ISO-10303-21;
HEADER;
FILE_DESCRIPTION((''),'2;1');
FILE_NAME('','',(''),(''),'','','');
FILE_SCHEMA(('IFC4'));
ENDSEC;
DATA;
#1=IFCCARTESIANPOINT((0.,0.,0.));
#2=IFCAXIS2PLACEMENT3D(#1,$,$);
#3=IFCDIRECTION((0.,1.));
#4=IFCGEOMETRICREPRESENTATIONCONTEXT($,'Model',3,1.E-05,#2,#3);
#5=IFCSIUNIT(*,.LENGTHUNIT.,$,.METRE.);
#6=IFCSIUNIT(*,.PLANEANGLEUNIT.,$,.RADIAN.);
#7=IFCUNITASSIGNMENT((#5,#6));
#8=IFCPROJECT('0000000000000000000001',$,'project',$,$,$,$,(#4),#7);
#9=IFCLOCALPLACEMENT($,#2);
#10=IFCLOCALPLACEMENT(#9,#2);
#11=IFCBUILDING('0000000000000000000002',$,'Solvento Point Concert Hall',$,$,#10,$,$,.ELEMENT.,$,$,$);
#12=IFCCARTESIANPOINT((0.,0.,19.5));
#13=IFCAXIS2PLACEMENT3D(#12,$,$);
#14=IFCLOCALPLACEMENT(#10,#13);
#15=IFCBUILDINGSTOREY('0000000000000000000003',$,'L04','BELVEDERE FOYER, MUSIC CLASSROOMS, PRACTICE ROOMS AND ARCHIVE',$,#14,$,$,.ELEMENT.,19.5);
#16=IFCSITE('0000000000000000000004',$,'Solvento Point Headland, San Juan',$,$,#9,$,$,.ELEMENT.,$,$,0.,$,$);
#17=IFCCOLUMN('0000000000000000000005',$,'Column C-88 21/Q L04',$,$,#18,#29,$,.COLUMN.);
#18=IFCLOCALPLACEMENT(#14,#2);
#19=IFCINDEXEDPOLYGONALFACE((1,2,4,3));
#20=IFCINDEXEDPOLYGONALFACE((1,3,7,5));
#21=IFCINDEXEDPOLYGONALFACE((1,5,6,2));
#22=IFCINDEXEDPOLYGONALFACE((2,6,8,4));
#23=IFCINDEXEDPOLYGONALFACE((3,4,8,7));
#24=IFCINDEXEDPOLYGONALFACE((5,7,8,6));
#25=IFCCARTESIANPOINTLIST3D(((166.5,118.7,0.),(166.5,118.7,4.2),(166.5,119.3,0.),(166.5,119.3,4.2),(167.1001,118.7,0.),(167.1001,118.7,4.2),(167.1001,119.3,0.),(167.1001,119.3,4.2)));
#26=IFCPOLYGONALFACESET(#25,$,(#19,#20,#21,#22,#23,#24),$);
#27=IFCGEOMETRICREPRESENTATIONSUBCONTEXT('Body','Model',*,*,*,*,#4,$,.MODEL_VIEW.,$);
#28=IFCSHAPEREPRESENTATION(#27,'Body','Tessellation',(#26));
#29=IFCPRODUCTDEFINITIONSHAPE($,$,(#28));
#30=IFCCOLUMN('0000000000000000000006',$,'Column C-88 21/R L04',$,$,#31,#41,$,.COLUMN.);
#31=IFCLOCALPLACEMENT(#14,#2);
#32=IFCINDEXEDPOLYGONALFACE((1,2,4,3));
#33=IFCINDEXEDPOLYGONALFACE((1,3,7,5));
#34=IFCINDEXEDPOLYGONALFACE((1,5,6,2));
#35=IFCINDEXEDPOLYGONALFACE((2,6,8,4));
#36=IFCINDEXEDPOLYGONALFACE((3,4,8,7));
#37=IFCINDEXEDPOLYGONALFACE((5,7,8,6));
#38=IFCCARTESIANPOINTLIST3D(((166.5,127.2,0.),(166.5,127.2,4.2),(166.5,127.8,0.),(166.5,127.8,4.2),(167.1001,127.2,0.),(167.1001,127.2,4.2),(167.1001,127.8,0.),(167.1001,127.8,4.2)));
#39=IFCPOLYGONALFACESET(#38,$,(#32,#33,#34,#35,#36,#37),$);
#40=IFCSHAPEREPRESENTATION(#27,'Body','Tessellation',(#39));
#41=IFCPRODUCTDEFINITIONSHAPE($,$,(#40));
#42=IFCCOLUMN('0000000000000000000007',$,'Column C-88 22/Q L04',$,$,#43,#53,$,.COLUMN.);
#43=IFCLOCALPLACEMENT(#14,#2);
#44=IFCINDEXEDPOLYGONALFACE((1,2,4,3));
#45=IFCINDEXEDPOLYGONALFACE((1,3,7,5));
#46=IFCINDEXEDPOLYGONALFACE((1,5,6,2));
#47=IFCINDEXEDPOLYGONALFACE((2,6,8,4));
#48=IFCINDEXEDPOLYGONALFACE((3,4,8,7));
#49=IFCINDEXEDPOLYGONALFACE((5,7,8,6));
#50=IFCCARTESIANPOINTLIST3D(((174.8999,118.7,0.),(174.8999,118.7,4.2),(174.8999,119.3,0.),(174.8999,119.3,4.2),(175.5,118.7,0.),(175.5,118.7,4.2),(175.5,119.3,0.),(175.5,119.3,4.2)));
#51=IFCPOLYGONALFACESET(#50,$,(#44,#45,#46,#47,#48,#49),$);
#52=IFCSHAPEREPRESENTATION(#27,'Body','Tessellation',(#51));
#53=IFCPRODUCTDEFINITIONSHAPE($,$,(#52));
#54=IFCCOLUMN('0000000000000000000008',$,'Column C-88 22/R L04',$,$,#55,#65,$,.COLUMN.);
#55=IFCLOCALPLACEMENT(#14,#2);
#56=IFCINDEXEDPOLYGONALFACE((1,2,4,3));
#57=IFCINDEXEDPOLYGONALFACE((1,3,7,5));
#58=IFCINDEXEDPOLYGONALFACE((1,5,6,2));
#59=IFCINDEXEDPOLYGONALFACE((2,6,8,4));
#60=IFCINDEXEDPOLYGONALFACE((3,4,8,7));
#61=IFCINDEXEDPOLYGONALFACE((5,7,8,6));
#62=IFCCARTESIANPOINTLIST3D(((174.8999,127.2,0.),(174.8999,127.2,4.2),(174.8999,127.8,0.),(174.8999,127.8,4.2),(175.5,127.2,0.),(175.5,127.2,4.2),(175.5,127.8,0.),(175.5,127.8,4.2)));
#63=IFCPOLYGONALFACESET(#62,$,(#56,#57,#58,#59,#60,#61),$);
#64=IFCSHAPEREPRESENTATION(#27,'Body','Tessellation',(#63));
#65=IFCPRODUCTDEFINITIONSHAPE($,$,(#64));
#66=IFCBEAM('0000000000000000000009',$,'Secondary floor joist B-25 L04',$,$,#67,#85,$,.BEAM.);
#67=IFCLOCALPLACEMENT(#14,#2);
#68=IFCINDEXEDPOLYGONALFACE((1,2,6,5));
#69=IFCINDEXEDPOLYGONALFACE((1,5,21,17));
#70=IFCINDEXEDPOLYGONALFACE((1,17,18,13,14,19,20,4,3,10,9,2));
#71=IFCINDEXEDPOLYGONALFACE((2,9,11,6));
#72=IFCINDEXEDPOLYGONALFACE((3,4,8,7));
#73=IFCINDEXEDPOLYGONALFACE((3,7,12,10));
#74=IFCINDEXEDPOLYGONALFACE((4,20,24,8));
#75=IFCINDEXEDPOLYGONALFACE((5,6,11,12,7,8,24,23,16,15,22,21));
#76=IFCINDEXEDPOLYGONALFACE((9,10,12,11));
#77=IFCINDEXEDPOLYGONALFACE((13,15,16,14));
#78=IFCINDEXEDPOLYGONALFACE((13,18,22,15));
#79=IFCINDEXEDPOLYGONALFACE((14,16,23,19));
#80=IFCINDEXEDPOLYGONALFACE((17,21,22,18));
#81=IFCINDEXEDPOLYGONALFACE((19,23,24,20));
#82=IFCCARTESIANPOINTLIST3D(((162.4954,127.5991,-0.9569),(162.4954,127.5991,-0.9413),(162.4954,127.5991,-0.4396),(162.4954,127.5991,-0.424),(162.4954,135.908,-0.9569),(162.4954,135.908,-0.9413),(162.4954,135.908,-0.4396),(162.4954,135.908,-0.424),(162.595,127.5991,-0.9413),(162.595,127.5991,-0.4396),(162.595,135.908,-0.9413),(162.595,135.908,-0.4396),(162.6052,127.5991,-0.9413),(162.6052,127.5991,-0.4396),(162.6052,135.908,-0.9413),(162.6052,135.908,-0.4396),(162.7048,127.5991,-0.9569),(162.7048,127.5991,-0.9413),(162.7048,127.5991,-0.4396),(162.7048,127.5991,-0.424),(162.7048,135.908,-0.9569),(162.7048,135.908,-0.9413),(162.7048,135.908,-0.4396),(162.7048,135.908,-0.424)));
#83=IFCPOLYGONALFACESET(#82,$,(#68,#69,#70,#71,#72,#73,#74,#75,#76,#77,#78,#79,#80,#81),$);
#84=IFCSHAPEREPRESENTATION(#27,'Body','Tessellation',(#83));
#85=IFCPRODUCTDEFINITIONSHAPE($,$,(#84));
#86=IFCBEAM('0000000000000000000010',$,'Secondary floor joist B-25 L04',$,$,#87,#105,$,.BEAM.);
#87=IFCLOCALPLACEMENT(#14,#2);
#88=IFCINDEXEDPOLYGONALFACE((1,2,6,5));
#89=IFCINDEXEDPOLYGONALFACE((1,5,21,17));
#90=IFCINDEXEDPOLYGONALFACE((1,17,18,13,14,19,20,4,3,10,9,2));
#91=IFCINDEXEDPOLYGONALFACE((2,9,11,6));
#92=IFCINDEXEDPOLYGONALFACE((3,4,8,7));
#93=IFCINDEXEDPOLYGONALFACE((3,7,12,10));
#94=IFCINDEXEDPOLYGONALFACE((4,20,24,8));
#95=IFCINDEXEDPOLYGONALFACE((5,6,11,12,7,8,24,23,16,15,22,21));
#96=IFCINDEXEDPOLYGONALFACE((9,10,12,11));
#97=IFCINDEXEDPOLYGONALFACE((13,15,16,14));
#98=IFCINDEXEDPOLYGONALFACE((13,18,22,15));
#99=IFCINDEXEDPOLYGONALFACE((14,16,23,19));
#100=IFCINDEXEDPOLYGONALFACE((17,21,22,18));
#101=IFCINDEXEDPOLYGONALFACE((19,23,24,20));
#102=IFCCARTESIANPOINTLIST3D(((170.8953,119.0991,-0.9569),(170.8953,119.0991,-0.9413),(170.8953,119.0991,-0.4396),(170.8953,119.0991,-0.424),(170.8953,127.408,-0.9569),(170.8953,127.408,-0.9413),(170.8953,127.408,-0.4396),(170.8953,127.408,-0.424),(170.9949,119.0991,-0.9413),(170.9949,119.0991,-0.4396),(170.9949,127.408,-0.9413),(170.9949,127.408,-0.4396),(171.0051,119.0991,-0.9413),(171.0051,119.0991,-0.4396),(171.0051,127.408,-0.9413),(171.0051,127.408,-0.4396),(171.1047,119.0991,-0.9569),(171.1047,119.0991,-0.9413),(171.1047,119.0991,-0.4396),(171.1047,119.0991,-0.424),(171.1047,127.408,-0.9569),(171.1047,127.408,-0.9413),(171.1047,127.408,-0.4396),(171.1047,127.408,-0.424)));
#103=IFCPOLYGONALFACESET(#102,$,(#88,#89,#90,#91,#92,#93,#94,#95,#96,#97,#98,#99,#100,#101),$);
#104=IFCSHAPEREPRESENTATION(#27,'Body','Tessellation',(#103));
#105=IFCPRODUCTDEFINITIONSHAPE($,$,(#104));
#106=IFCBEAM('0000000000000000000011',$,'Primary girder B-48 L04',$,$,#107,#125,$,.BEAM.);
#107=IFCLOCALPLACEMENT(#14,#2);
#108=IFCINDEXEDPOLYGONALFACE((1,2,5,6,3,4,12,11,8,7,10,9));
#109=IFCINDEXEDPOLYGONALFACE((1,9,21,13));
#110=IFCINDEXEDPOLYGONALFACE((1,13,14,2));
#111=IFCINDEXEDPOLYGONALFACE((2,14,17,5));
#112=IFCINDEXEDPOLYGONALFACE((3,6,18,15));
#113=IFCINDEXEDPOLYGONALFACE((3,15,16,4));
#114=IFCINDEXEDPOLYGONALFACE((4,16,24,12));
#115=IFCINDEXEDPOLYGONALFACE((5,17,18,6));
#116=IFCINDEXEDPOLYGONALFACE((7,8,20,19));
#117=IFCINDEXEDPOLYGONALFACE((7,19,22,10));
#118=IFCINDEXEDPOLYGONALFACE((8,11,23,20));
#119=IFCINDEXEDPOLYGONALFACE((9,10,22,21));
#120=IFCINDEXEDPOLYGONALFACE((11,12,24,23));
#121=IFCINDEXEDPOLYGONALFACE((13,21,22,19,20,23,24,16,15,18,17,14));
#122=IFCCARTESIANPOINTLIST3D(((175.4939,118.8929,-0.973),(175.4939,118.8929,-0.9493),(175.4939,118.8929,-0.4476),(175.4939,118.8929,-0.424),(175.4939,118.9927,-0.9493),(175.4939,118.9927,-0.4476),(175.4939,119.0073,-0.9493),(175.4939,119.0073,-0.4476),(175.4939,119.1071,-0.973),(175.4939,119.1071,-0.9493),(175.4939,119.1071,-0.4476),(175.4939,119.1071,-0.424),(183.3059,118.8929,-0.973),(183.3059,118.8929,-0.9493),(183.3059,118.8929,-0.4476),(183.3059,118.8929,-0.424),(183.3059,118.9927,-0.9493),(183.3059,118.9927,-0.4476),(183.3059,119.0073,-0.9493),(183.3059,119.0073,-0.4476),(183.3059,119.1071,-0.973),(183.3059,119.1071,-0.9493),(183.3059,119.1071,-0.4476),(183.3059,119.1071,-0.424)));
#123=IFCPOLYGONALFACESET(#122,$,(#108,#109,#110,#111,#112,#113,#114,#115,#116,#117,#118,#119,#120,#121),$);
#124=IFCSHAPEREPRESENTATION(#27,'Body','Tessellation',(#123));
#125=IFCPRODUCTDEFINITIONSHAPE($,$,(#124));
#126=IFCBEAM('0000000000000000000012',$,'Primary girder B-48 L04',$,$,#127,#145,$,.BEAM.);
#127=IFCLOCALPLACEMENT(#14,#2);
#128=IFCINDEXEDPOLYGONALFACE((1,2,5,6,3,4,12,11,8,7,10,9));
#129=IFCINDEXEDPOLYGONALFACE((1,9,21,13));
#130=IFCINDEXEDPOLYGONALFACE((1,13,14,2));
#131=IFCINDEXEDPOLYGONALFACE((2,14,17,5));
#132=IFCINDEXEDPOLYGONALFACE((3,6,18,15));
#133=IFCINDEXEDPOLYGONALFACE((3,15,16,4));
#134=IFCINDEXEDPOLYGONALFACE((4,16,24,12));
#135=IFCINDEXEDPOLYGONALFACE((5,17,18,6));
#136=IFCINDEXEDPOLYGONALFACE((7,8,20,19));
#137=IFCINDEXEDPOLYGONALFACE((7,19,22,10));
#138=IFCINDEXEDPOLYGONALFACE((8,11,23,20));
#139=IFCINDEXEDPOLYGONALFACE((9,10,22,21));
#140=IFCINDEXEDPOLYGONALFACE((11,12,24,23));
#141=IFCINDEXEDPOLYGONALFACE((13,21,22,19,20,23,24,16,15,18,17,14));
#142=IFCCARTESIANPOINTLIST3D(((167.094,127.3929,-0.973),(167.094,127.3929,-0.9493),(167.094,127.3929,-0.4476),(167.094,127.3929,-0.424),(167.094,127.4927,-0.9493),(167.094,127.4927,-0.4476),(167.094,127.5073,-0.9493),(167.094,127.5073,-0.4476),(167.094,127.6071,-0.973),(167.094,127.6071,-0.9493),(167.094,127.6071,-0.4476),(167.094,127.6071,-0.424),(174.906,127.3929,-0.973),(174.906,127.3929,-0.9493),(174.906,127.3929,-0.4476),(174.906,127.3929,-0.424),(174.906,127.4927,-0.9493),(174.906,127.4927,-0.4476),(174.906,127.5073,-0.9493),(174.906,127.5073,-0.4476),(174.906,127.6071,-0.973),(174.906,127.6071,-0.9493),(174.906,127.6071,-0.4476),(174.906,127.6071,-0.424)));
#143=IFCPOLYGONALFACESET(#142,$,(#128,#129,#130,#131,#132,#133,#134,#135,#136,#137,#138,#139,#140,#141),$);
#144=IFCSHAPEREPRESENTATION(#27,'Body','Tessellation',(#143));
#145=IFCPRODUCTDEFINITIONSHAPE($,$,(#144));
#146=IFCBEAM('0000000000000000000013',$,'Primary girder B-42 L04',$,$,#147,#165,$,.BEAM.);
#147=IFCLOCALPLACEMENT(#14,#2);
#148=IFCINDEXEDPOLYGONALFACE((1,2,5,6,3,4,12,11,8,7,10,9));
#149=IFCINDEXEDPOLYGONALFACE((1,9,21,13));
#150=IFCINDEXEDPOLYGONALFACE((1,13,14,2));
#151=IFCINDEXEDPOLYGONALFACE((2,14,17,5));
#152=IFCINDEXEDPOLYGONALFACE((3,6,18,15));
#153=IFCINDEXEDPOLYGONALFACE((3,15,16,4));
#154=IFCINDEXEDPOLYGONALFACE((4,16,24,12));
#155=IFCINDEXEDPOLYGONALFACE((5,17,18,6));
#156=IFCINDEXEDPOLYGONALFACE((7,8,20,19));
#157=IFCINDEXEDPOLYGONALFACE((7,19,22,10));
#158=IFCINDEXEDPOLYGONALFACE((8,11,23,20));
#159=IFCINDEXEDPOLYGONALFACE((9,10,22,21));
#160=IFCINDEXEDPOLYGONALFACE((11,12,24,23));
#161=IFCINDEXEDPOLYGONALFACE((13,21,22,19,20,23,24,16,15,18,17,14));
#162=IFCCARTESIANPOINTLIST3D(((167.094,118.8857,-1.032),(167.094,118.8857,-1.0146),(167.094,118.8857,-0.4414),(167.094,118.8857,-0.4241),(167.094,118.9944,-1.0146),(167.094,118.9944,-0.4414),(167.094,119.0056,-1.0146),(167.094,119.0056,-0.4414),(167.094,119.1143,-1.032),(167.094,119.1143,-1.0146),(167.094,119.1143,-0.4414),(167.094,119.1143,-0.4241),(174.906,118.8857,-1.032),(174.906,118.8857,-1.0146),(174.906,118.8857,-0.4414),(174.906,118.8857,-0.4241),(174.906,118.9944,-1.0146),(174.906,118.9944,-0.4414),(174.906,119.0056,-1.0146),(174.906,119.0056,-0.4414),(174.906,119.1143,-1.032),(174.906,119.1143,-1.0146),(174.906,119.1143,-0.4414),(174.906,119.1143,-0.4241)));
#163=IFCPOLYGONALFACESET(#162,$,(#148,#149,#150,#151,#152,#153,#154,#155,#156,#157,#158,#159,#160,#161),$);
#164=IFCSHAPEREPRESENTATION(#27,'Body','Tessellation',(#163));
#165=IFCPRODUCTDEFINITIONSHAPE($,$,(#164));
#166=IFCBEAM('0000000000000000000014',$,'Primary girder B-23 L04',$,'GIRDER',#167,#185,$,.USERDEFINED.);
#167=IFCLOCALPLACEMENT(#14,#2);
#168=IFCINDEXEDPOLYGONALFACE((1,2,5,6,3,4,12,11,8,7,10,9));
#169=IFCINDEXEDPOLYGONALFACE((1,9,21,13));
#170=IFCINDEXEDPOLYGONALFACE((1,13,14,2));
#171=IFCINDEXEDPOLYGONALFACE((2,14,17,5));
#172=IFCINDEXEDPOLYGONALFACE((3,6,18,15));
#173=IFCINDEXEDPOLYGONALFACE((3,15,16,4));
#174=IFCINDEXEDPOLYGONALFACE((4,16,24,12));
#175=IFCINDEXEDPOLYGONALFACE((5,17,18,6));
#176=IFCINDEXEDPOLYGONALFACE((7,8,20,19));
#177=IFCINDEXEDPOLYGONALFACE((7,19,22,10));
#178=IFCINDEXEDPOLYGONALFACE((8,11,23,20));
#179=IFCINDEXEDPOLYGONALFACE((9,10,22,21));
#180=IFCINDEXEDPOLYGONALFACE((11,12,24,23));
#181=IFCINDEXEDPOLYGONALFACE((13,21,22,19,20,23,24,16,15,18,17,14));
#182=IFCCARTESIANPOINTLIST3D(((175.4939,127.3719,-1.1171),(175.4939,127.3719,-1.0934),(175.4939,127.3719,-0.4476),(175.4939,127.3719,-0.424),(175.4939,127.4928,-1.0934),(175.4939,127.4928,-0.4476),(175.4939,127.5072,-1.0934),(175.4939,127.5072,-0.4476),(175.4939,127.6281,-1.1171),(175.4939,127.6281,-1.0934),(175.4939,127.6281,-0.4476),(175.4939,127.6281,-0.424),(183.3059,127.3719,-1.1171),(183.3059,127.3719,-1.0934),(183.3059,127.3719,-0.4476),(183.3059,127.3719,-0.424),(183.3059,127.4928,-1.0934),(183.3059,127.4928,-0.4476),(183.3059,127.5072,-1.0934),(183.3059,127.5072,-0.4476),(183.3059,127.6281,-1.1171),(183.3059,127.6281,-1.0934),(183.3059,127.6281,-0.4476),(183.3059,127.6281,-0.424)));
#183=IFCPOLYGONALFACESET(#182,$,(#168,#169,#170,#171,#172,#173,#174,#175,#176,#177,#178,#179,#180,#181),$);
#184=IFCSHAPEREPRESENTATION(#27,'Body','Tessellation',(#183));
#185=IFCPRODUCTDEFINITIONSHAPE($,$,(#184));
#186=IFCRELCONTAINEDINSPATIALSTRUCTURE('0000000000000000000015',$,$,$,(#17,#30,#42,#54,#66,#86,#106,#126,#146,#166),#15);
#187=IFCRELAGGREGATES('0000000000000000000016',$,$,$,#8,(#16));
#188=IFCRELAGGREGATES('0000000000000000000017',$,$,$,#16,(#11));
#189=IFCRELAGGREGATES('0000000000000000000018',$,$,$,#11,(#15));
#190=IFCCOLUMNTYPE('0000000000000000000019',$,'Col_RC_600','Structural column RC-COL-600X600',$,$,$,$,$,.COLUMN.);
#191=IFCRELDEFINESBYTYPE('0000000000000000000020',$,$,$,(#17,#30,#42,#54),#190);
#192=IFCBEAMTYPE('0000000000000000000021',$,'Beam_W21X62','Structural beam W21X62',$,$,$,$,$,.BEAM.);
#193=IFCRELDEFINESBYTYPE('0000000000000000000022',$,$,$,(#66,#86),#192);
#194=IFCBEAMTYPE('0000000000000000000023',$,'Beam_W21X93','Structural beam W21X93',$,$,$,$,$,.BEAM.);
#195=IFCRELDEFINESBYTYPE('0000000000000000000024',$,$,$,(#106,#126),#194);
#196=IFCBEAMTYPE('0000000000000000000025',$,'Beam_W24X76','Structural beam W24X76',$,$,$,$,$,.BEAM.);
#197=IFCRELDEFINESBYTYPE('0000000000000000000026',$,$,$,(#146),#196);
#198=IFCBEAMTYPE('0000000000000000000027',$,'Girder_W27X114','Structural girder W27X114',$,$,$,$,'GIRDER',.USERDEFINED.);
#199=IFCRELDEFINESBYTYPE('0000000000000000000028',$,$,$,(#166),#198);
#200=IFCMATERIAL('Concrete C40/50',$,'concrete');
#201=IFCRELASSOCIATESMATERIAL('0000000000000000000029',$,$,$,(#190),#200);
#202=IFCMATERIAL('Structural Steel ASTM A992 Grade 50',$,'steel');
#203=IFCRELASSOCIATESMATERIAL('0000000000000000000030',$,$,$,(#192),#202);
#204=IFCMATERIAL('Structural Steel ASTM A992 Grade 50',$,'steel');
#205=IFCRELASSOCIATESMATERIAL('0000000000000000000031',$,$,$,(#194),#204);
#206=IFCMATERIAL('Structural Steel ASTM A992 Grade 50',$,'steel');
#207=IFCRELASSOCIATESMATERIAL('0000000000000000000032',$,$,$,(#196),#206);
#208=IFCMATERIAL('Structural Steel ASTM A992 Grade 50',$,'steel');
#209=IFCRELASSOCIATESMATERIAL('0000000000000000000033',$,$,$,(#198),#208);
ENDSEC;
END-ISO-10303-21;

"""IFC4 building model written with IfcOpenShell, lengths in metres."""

from ifc_helpers import new_model, si_unit, direction, frame, origin, origin_2d, place, context, subcontext, project, spatial, rectangle, i_section, extrude, material, material_profile, profile_set, type_object, element, save


model = new_model("IFC4")

# Units and contexts
model_context = context("Model", 3, precision=1e-05, world=origin(), true_north=direction((0.0, 1.0)))
body_context = subcontext(model_context, "Body", "Model", "MODEL_VIEW")
ifc_project = project(units=[si_unit("LENGTHUNIT", "METRE"), si_unit("PLANEANGLEUNIT", "RADIAN")], contexts=[model_context])

# Site, building, storey
site_placement = place(None, origin())
site = spatial("IfcSite", under=ifc_project, at=site_placement, Name="Solvento Point Headland, San Juan", CompositionType="ELEMENT", RefElevation=0.0)
building_placement = place(site_placement, origin())
building = spatial("IfcBuilding", under=site, at=building_placement, Name="Solvento Point Concert Hall", CompositionType="ELEMENT")
storey_placement = place(building_placement, frame((0.0, 0.0, 19.5)))
storey = spatial("IfcBuildingStorey", under=building, at=storey_placement, Name="L04", Description="BELVEDERE FOYER, MUSIC CLASSROOMS, PRACTICE ROOMS AND ARCHIVE", CompositionType="ELEMENT", Elevation=19.5)

# Columns
ifc_material_1 = material(Name="Concrete C40/50", Category="concrete")
ifc_material_profile_1 = material_profile(ifc_material_1, rectangle(XDim=0.6001, YDim=0.6001, at=origin_2d()), Name="RC-COL-600X600")
ifc_profile_set_1 = profile_set([ifc_material_profile_1], Name="Concrete C40/50")
column_type = type_object("IfcColumnType", Name="Col_RC_600", Description="Structural column RC-COL-600X600", PredefinedType="COLUMN", material=ifc_profile_set_1)
for number, where, z_axis, x_axis, name in (
    (1, (166.8, 119.0, 0.0), (0.0, 0.0, 1.0), (1.0, 0.0, 0.0), "Column C-88 21/Q L04"),
    (2, (166.8, 127.5, 0.0), (0.0, 0.0, 1.0), (1.0, 0.0, 0.0), "Column C-88 21/R L04"),
    (3, (175.2, 119.0, 0.0), (0.0, 0.0, 1.0), (1.0, 0.0, 0.0), "Column C-88 22/Q L04"),
    (4, (175.2, 127.5, 0.0), (0.0, 0.0, 1.0), (1.0, 0.0, 0.0), "Column C-88 22/R L04"),
):
    element("IfcColumn", number, at=place(storey_placement, frame(where, z_axis=z_axis, x_axis=x_axis)), inside=storey, type_object=column_type, Name=name, PredefinedType="COLUMN", context=body_context, shape_type="SweptSolid", body=[
        extrude(rectangle(XDim=0.6001, YDim=0.6001, at=origin_2d()), origin(), (0.0, 0.0, 1.0), 4.2),
    ])

# Beams
ifc_material_2 = material(Name="Structural Steel ASTM A992 Grade 50", Category="steel")
ifc_material_profile_2 = material_profile(ifc_material_2, i_section(OverallWidth=0.2095, OverallDepth=0.533, WebThickness=0.0103, FlangeThickness=0.0156, at=origin_2d()), Name="W21X62")
ifc_profile_set_2 = profile_set([ifc_material_profile_2], Name="Structural Steel ASTM A992 Grade 50")
beam_type_1 = type_object("IfcBeamType", Name="Beam_W21X62", Description="Structural beam W21X62", PredefinedType="BEAM", material=ifc_profile_set_2)
for number, where, z_axis, x_axis, name in (
    (5, (162.6001, 127.5991, -0.6904), (0.0, 1.0, 0.0), (-1.0, 0.0, 0.0), "Secondary floor joist B-25 L04"),
    (6, (171.0, 119.0991, -0.6904), (0.0, 1.0, 0.0), (-1.0, 0.0, 0.0), "Secondary floor joist B-25 L04"),
):
    element("IfcBeam", number, at=place(storey_placement, frame(where, z_axis=z_axis, x_axis=x_axis)), inside=storey, type_object=beam_type_1, Name=name, PredefinedType="BEAM", context=body_context, shape_type="SweptSolid", body=[
        extrude(i_section(OverallWidth=0.2095, OverallDepth=0.533, WebThickness=0.0103, FlangeThickness=0.0156, at=origin_2d()), origin(), (0.0, 0.0, 1.0), 8.3088),
    ])
ifc_material_3 = material(Name="Structural Steel ASTM A992 Grade 50", Category="steel")
ifc_material_profile_3 = material_profile(ifc_material_3, i_section(OverallWidth=0.2141, OverallDepth=0.5491, WebThickness=0.0146, FlangeThickness=0.0237, at=origin_2d()), Name="W21X93")
ifc_profile_set_3 = profile_set([ifc_material_profile_3], Name="Structural Steel ASTM A992 Grade 50")
beam_type_2 = type_object("IfcBeamType", Name="Beam_W21X93", Description="Structural beam W21X93", PredefinedType="BEAM", material=ifc_profile_set_3)
for number, where, z_axis, x_axis, name in (
    (7, (175.4939, 119.0, -0.6985), (1.0, 0.0, 0.0), (0.0, 1.0, 0.0), "Primary girder B-48 L04"),
    (8, (167.094, 127.5, -0.6985), (1.0, 0.0, 0.0), (0.0, 1.0, 0.0), "Primary girder B-48 L04"),
):
    element("IfcBeam", number, at=place(storey_placement, frame(where, z_axis=z_axis, x_axis=x_axis)), inside=storey, type_object=beam_type_2, Name=name, PredefinedType="BEAM", context=body_context, shape_type="SweptSolid", body=[
        extrude(i_section(OverallWidth=0.2141, OverallDepth=0.5491, WebThickness=0.0146, FlangeThickness=0.0237, at=origin_2d()), origin(), (0.0, 0.0, 1.0), 7.812),
    ])
ifc_material_4 = material(Name="Structural Steel ASTM A992 Grade 50", Category="steel")
ifc_material_profile_4 = material_profile(ifc_material_4, i_section(OverallWidth=0.2285, OverallDepth=0.6079, WebThickness=0.0112, FlangeThickness=0.0173, at=origin_2d()), Name="W24X76")
ifc_profile_set_4 = profile_set([ifc_material_profile_4], Name="Structural Steel ASTM A992 Grade 50")
beam_type_3 = type_object("IfcBeamType", Name="Beam_W24X76", Description="Structural beam W24X76", PredefinedType="BEAM", material=ifc_profile_set_4)
beam_1_placement = place(storey_placement, frame((167.094, 119.0, -0.728), z_axis=(1.0, 0.0, 0.0), x_axis=(0.0, 1.0, 0.0)))
element("IfcBeam", 9, at=beam_1_placement, inside=storey, type_object=beam_type_3, Name="Primary girder B-42 L04", PredefinedType="BEAM", context=body_context, shape_type="SweptSolid", body=[
    extrude(i_section(OverallWidth=0.2285, OverallDepth=0.6079, WebThickness=0.0112, FlangeThickness=0.0173, at=origin_2d()), origin(), (0.0, 0.0, 1.0), 7.812),
])
ifc_material_5 = material(Name="Structural Steel ASTM A992 Grade 50", Category="steel")
ifc_material_profile_5 = material_profile(ifc_material_5, i_section(OverallWidth=0.2561, OverallDepth=0.6931, WebThickness=0.0144, FlangeThickness=0.0237, at=origin_2d()), Name="W27X114")
ifc_profile_set_5 = profile_set([ifc_material_profile_5], Name="Structural Steel ASTM A992 Grade 50")
beam_type_4 = type_object("IfcBeamType", Name="Girder_W27X114", Description="Structural girder W27X114", ElementType="GIRDER", PredefinedType="USERDEFINED", material=ifc_profile_set_5)
beam_2_placement = place(storey_placement, frame((175.4939, 127.5, -0.7705), z_axis=(1.0, 0.0, 0.0), x_axis=(0.0, 1.0, 0.0)))
element("IfcBeam", 10, at=beam_2_placement, inside=storey, type_object=beam_type_4, Name="Primary girder B-23 L04", ObjectType="GIRDER", PredefinedType="USERDEFINED", context=body_context, shape_type="SweptSolid", body=[
    extrude(i_section(OverallWidth=0.2561, OverallDepth=0.6931, WebThickness=0.0144, FlangeThickness=0.0237, at=origin_2d()), origin(), (0.0, 0.0, 1.0), 7.812),
])

save(model, "model.ifc")
